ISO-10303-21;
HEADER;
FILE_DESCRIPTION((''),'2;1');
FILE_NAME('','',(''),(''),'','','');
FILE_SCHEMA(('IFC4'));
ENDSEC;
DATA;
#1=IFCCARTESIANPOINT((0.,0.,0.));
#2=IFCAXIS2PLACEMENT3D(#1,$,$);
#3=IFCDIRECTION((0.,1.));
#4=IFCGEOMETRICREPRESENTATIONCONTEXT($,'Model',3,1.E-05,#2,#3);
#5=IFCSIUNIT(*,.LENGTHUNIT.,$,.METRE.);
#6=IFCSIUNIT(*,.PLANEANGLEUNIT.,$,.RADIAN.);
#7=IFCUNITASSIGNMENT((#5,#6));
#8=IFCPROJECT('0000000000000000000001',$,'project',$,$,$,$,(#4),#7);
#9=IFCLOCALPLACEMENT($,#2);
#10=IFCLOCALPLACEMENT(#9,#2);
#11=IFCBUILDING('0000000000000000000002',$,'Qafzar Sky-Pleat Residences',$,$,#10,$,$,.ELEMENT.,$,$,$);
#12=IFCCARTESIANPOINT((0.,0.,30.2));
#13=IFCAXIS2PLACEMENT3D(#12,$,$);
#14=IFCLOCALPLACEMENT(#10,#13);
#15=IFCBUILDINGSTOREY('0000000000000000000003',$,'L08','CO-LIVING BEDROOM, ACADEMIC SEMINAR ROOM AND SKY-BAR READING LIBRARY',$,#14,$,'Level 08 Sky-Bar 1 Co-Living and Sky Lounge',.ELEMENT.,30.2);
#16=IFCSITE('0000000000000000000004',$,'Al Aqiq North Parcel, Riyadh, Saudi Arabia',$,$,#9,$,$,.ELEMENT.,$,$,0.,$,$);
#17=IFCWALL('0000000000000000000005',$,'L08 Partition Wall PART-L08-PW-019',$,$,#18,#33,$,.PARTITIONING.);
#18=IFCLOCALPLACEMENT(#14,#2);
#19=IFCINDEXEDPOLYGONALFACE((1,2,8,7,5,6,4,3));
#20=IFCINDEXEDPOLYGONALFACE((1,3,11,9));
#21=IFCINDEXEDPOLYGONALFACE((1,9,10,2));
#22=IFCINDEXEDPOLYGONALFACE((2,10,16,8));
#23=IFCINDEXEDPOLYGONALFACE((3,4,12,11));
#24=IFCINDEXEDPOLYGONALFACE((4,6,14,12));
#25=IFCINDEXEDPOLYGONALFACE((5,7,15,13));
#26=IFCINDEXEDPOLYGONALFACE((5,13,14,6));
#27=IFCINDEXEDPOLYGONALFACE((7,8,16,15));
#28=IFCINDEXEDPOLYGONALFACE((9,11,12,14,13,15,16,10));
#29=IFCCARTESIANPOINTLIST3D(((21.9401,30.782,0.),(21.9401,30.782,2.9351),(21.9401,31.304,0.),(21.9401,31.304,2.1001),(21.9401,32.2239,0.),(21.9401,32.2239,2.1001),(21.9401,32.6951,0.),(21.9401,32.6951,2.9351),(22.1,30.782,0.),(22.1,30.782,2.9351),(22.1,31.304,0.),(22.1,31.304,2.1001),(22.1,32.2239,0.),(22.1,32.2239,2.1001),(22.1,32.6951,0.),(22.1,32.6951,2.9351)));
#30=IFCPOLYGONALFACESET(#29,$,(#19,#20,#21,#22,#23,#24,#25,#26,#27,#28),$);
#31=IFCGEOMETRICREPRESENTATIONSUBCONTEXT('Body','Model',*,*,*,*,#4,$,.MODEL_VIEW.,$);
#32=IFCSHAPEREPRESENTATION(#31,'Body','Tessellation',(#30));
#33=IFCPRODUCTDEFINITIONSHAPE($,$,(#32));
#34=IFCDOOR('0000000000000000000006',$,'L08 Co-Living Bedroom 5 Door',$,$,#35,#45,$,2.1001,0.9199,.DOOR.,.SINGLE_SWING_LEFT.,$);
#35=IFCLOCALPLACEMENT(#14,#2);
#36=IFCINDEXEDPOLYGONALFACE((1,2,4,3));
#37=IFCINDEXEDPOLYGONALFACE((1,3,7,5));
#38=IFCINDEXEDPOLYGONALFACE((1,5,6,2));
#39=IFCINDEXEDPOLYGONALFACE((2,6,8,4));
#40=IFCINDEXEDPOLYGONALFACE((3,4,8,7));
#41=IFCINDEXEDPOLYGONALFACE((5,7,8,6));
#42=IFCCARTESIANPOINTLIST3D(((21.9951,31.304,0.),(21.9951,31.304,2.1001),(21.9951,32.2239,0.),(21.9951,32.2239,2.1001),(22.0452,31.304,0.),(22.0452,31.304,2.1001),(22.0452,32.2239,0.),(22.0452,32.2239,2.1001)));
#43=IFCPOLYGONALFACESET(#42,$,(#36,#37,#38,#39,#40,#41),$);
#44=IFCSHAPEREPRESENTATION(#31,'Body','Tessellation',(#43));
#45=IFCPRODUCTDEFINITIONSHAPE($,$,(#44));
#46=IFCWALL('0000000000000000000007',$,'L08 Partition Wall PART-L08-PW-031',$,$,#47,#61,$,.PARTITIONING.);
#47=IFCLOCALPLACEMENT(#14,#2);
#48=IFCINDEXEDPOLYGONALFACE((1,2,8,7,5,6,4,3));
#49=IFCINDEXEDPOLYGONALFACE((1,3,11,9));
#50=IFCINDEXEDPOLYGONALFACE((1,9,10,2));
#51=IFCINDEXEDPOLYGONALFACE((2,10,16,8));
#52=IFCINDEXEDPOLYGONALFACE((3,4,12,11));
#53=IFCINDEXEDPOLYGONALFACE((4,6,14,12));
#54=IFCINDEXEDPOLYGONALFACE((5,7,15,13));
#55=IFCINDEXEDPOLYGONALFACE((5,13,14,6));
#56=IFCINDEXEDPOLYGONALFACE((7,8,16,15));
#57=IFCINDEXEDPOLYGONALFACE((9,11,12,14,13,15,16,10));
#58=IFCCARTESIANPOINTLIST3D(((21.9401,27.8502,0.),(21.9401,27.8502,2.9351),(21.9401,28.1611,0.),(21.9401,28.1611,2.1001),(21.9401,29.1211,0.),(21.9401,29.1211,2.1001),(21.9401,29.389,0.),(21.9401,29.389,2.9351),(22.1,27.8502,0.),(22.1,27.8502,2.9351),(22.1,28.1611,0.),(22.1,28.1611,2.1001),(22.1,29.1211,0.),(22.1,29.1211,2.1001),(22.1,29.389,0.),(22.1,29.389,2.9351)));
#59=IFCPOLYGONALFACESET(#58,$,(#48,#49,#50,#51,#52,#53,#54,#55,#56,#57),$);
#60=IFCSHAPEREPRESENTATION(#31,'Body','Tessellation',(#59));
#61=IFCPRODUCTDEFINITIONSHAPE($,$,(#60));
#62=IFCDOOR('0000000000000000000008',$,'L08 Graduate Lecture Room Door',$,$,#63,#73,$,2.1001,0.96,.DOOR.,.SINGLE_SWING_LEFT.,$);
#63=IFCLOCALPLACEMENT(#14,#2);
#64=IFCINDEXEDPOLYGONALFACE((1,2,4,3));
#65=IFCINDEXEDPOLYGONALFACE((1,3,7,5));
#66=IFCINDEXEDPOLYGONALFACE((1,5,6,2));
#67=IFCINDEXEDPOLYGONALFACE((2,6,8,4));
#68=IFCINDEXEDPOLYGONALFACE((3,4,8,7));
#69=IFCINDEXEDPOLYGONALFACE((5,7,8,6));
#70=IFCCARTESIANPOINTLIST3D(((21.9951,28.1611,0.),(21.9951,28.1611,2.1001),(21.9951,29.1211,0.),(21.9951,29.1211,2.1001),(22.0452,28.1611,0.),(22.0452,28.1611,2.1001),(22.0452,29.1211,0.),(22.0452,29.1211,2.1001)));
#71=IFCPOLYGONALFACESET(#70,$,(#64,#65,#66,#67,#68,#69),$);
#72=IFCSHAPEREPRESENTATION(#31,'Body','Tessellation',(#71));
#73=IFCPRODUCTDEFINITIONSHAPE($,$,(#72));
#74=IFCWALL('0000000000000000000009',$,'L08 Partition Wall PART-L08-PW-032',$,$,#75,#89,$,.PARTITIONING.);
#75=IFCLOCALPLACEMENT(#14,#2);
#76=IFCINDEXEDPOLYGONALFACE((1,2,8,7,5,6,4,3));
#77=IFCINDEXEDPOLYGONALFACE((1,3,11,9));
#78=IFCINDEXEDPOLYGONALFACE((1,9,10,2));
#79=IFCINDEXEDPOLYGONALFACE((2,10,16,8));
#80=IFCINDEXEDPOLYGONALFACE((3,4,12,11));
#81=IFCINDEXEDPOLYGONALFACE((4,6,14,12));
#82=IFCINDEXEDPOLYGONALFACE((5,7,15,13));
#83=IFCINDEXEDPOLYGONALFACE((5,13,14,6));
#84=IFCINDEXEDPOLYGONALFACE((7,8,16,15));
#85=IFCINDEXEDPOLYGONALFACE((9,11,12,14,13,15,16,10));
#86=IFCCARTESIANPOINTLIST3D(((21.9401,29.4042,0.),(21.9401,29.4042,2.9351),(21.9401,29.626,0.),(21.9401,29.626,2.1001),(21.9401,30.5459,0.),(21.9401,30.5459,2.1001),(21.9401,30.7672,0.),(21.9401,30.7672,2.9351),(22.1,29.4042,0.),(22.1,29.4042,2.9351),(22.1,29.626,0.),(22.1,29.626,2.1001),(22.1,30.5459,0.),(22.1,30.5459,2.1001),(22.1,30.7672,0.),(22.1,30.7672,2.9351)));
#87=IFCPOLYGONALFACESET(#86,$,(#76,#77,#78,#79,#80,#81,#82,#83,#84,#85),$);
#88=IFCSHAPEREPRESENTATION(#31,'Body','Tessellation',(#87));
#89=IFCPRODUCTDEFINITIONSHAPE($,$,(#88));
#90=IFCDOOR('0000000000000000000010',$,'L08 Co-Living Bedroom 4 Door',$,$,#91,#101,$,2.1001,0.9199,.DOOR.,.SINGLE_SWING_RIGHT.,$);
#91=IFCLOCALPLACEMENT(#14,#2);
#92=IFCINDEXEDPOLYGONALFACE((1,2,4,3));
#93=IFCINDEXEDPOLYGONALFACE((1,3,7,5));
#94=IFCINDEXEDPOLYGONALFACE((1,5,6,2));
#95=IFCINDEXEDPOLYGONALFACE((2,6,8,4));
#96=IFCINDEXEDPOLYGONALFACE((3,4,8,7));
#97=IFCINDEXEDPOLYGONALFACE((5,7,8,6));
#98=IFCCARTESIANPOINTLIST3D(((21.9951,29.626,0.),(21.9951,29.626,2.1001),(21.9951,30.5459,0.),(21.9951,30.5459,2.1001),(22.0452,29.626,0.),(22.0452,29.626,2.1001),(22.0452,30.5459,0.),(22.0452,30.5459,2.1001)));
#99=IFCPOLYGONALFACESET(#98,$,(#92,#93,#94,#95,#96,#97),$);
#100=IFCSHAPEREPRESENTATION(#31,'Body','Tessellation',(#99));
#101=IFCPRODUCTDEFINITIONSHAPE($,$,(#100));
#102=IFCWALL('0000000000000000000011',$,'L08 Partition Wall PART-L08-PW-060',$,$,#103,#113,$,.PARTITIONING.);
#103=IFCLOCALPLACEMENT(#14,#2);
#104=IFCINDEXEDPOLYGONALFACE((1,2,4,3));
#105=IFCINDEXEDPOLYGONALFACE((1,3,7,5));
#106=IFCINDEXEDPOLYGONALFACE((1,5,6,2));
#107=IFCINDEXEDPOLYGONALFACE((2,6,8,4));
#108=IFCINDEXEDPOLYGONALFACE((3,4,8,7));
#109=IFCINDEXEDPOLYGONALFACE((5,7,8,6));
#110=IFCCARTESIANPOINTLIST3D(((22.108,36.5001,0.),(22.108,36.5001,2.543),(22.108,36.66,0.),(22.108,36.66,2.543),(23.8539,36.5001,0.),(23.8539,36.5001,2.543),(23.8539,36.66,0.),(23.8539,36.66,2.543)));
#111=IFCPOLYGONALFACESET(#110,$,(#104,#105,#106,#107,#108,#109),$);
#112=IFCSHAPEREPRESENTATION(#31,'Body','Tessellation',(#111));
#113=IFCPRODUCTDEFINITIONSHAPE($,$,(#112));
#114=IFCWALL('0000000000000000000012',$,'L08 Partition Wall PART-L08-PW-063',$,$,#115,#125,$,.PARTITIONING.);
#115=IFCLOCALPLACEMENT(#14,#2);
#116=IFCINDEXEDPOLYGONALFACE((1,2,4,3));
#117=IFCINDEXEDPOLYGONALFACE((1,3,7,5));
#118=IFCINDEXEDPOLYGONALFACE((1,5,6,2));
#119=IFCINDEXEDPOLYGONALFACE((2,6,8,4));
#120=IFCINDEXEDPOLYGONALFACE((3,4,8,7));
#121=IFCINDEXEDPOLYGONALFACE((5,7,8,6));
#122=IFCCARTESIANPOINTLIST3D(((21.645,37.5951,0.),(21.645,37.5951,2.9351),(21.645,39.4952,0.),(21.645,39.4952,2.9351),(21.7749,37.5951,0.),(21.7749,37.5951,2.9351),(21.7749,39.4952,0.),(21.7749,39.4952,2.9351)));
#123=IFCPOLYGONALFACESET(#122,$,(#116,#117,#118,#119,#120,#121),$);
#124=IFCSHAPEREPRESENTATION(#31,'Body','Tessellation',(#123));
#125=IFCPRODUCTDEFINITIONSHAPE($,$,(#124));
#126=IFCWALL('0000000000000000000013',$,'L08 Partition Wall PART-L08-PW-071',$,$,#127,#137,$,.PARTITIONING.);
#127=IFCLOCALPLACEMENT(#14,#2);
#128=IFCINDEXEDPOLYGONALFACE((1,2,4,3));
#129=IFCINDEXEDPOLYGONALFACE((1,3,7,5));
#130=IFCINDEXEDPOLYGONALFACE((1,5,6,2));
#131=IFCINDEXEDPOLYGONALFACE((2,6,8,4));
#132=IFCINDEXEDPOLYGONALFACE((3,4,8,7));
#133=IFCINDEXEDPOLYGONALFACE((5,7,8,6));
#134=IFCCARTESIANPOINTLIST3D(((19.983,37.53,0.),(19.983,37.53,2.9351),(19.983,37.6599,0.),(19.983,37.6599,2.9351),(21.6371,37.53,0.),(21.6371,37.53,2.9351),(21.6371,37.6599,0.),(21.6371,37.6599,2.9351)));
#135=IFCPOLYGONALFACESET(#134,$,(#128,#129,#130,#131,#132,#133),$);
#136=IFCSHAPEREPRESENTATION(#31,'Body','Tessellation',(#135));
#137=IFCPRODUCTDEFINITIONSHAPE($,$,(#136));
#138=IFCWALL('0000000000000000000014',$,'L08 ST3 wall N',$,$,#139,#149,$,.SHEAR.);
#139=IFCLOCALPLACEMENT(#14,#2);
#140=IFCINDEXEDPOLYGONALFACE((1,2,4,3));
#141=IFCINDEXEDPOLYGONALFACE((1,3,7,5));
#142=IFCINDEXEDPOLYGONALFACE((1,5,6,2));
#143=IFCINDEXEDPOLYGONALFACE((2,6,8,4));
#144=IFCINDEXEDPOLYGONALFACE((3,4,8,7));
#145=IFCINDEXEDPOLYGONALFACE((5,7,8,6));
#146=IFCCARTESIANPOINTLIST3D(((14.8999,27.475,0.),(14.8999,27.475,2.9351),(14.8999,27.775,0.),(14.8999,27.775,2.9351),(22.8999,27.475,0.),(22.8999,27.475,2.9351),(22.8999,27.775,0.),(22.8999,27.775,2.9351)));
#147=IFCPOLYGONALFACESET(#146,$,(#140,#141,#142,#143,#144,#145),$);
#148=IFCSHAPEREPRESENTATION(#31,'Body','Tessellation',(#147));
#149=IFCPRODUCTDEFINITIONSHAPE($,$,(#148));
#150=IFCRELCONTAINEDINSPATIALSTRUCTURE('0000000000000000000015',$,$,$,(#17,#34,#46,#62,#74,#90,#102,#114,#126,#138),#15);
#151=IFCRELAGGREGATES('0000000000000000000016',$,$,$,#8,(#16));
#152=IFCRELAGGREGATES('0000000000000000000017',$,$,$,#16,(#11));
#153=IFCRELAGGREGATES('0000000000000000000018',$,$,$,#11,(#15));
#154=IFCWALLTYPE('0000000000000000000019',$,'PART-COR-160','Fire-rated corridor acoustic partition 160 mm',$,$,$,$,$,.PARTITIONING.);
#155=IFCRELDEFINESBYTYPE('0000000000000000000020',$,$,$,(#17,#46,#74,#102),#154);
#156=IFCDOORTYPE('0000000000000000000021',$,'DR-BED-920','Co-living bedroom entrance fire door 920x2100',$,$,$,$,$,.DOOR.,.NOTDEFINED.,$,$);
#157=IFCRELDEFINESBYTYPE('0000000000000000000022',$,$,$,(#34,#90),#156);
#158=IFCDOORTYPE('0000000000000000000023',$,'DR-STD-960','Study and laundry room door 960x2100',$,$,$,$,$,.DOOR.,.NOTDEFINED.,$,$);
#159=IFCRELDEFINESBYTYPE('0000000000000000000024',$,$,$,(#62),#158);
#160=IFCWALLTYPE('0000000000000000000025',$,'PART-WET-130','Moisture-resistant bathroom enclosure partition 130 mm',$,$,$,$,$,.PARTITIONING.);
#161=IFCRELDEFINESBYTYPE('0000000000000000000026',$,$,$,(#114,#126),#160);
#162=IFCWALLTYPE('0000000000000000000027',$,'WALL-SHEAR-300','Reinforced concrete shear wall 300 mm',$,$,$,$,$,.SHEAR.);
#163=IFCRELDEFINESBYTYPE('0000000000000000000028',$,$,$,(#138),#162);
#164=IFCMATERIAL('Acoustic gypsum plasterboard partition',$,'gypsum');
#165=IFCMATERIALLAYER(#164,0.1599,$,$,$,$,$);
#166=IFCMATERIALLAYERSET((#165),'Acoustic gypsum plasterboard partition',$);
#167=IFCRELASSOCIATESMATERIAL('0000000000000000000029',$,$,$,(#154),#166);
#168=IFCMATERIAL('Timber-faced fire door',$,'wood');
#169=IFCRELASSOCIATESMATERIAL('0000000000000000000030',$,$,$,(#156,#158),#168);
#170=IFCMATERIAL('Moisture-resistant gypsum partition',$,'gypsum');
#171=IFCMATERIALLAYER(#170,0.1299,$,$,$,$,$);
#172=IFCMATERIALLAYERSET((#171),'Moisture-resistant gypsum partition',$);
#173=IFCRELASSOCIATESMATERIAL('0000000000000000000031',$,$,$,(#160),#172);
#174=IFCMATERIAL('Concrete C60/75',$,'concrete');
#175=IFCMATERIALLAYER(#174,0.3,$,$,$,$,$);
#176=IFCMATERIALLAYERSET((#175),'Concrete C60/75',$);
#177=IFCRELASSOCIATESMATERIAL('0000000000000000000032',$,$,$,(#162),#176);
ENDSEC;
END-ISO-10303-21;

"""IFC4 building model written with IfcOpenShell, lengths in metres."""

from ifc_helpers import new_model, si_unit, direction, frame, frame_2d, origin, place, context, subcontext, project, spatial, rectangle, extrude, source, transform, mapped, material, layer, layer_set, type_object, element, fill, save


model = new_model("IFC4")

# Units and contexts
model_context = context("Model", 3, precision=1e-05, world=origin(), true_north=direction((0.0, 1.0)))
body_context = subcontext(model_context, "Body", "Model", "MODEL_VIEW")
ifc_project = project(units=[si_unit("LENGTHUNIT", "METRE"), si_unit("PLANEANGLEUNIT", "RADIAN")], contexts=[model_context])

# Site, building, storey
site_placement = place(None, origin())
site = spatial("IfcSite", under=ifc_project, at=site_placement, Name="Al Aqiq North Parcel, Riyadh, Saudi Arabia", CompositionType="ELEMENT", RefElevation=0.0)
building_placement = place(site_placement, origin())
building = spatial("IfcBuilding", under=site, at=building_placement, Name="Qafzar Sky-Pleat Residences", CompositionType="ELEMENT")
storey_placement = place(building_placement, frame((0.0, 0.0, 30.2)))
storey = spatial("IfcBuildingStorey", under=building, at=storey_placement, Name="L08", Description="CO-LIVING BEDROOM, ACADEMIC SEMINAR ROOM AND SKY-BAR READING LIBRARY", LongName="Level 08 Sky-Bar 1 Co-Living and Sky Lounge", CompositionType="ELEMENT", Elevation=30.2)

# Walls, openings, doors
ifc_material_1 = material(Name="Acoustic gypsum plasterboard partition", Category="gypsum")
ifc_layer_1 = layer(ifc_material_1, 0.1599)
ifc_layer_set_1 = layer_set([ifc_layer_1], Name="Acoustic gypsum plasterboard partition")
wall_type_1 = type_object("IfcWallType", Name="PART-COR-160", Description="Fire-rated corridor acoustic partition 160 mm", PredefinedType="PARTITIONING", material=ifc_layer_set_1)
ifc_material_2 = material(Name="Timber-faced fire door", Category="wood")
door_type_1 = type_object("IfcDoorType", Name="DR-BED-920", Description="Co-living bedroom entrance fire door 920x2100", OperationType="NOTDEFINED", PredefinedType="DOOR", material=ifc_material_2)
shared_shape_1 = source(origin(), body_context, "Body", "SweptSolid", [
    extrude(rectangle(XDim=0.9199, YDim=2.1001, at=frame_2d((0.46, 1.05))), frame((0.0, 0.0249, 0.0), z_axis=(0.0, -1.0, 0.0), x_axis=(1.0, 0.0, 0.0)), (0.0, 0.0, 1.0), 0.05),
])
wall_1_placement = place(storey_placement, frame((22.02, 30.782, 0.0), z_axis=(0.0, 0.0, 1.0), x_axis=(0.0, 1.0, 0.0)))
wall_1 = element("IfcWall", 1, at=wall_1_placement, inside=storey, type_object=wall_type_1, Name="L08 Partition Wall PART-L08-PW-019", PredefinedType="PARTITIONING", context=body_context, shape_type="SweptSolid", body=[
    extrude(rectangle(XDim=1.9131, YDim=0.1599, at=frame_2d((0.9565, 0.0))), origin(), (0.0, 0.0, 1.0), 2.9351),
])
opening_1_placement = place(wall_1_placement, frame((0.522, 0.0, 0.0)))
opening_1 = element("IfcOpeningElement", 2, at=opening_1_placement, cuts=wall_1, PredefinedType="OPENING", context=body_context, shape_type="SweptSolid", body=[
    extrude(rectangle(XDim=0.9199, YDim=2.1001, at=frame_2d((0.46, 1.05))), frame((0.0, 0.0898, 0.0), z_axis=(0.0, -1.0, 0.0), x_axis=(1.0, 0.0, 0.0)), (0.0, 0.0, 1.0), 0.1799),
])
door_1_placement = place(opening_1_placement, origin())
door_1 = element("IfcDoor", 3, at=door_1_placement, inside=storey, type_object=door_type_1, Name="L08 Co-Living Bedroom 5 Door", OperationType="SINGLE_SWING_LEFT", OverallHeight=2.1001, OverallWidth=0.9199, PredefinedType="DOOR", context=body_context, shape_type="MappedRepresentation", body=[
    mapped(shared_shape_1, transform((0.0, 0.0, 0.0), x_axis=(1.0, 0.0, 0.0), y_axis=(0.0, 1.0, 0.0), z_axis=(0.0, 0.0, 1.0), scale=1.0)),
])
fill(opening_1, door_1)
wall_2_placement = place(storey_placement, frame((22.02, 27.8501, 0.0), z_axis=(0.0, 0.0, 1.0), x_axis=(0.0, 1.0, 0.0)))
wall_2 = element("IfcWall", 4, at=wall_2_placement, inside=storey, type_object=wall_type_1, Name="L08 Partition Wall PART-L08-PW-031", PredefinedType="PARTITIONING", context=body_context, shape_type="SweptSolid", body=[
    extrude(rectangle(XDim=1.5388, YDim=0.1599, at=frame_2d((0.7695, 0.0))), origin(), (0.0, 0.0, 1.0), 2.9351),
])
opening_2_placement = place(wall_2_placement, frame((0.311, 0.0, 0.0)))
opening_2 = element("IfcOpeningElement", 5, at=opening_2_placement, cuts=wall_2, PredefinedType="OPENING", context=body_context, shape_type="SweptSolid", body=[
    extrude(rectangle(XDim=0.96, YDim=2.1001, at=frame_2d((0.48, 1.05))), frame((0.0, 0.0898, 0.0), z_axis=(0.0, -1.0, 0.0), x_axis=(1.0, 0.0, 0.0)), (0.0, 0.0, 1.0), 0.1799),
])
door_type_2 = type_object("IfcDoorType", Name="DR-STD-960", Description="Study and laundry room door 960x2100", OperationType="NOTDEFINED", PredefinedType="DOOR", material=ifc_material_2)
shared_shape_2 = source(origin(), body_context, "Body", "SweptSolid", [
    extrude(rectangle(XDim=0.96, YDim=2.1001, at=frame_2d((0.48, 1.05))), frame((0.0, 0.0249, 0.0), z_axis=(0.0, -1.0, 0.0), x_axis=(1.0, 0.0, 0.0)), (0.0, 0.0, 1.0), 0.05),
])
door_2_placement = place(opening_2_placement, origin())
door_2 = element("IfcDoor", 6, at=door_2_placement, inside=storey, type_object=door_type_2, Name="L08 Graduate Lecture Room Door", OperationType="SINGLE_SWING_LEFT", OverallHeight=2.1001, OverallWidth=0.96, PredefinedType="DOOR", context=body_context, shape_type="MappedRepresentation", body=[
    mapped(shared_shape_2, transform((0.0, 0.0, 0.0), x_axis=(1.0, 0.0, 0.0), y_axis=(0.0, 1.0, 0.0), z_axis=(0.0, 0.0, 1.0), scale=1.0)),
])
fill(opening_2, door_2)
wall_3_placement = place(storey_placement, frame((22.02, 29.4041, 0.0), z_axis=(0.0, 0.0, 1.0), x_axis=(0.0, 1.0, 0.0)))
wall_3 = element("IfcWall", 7, at=wall_3_placement, inside=storey, type_object=wall_type_1, Name="L08 Partition Wall PART-L08-PW-032", PredefinedType="PARTITIONING", context=body_context, shape_type="SweptSolid", body=[
    extrude(rectangle(XDim=1.363, YDim=0.1599, at=frame_2d((0.6816, 0.0))), origin(), (0.0, 0.0, 1.0), 2.9351),
])
opening_3_placement = place(wall_3_placement, frame((0.2219, 0.0, 0.0)))
opening_3 = element("IfcOpeningElement", 8, at=opening_3_placement, cuts=wall_3, PredefinedType="OPENING", context=body_context, shape_type="SweptSolid", body=[
    extrude(rectangle(XDim=0.9199, YDim=2.1001, at=frame_2d((0.46, 1.05))), frame((0.0, 0.0898, 0.0), z_axis=(0.0, -1.0, 0.0), x_axis=(1.0, 0.0, 0.0)), (0.0, 0.0, 1.0), 0.1799),
])
door_3_placement = place(opening_3_placement, origin())
door_3 = element("IfcDoor", 9, at=door_3_placement, inside=storey, type_object=door_type_1, Name="L08 Co-Living Bedroom 4 Door", OperationType="SINGLE_SWING_RIGHT", OverallHeight=2.1001, OverallWidth=0.9199, PredefinedType="DOOR", context=body_context, shape_type="MappedRepresentation", body=[
    mapped(shared_shape_1, transform((0.0, 0.0, 0.0), x_axis=(1.0, 0.0, 0.0), y_axis=(0.0, 1.0, 0.0), z_axis=(0.0, 0.0, 1.0), scale=1.0)),
])
fill(opening_3, door_3)

# Walls
wall_4_placement = place(storey_placement, frame((22.1079, 36.5801, 0.0), z_axis=(0.0, 0.0, 1.0), x_axis=(1.0, 0.0, 0.0)))
element("IfcWall", 10, at=wall_4_placement, inside=storey, type_object=wall_type_1, Name="L08 Partition Wall PART-L08-PW-060", PredefinedType="PARTITIONING", context=body_context, shape_type="SweptSolid", body=[
    extrude(rectangle(XDim=1.7458, YDim=0.1599, at=frame_2d((0.873, 0.0))), origin(), (0.0, 0.0, 1.0), 2.543),
])
ifc_material_3 = material(Name="Moisture-resistant gypsum partition", Category="gypsum")
ifc_layer_2 = layer(ifc_material_3, 0.1299)
ifc_layer_set_2 = layer_set([ifc_layer_2], Name="Moisture-resistant gypsum partition")
wall_type_2 = type_object("IfcWallType", Name="PART-WET-130", Description="Moisture-resistant bathroom enclosure partition 130 mm", PredefinedType="PARTITIONING", material=ifc_layer_set_2)
wall_5_placement = place(storey_placement, frame((21.71, 37.595, 0.0), z_axis=(0.0, 0.0, 1.0), x_axis=(0.0, 1.0, 0.0)))
element("IfcWall", 11, at=wall_5_placement, inside=storey, type_object=wall_type_2, Name="L08 Partition Wall PART-L08-PW-063", PredefinedType="PARTITIONING", context=body_context, shape_type="SweptSolid", body=[
    extrude(rectangle(XDim=1.9001, YDim=0.1299, at=frame_2d((0.9502, 0.0))), origin(), (0.0, 0.0, 1.0), 2.9351),
])
wall_6_placement = place(storey_placement, frame((19.9829, 37.595, 0.0), z_axis=(0.0, 0.0, 1.0), x_axis=(1.0, 0.0, 0.0)))
element("IfcWall", 12, at=wall_6_placement, inside=storey, type_object=wall_type_2, Name="L08 Partition Wall PART-L08-PW-071", PredefinedType="PARTITIONING", context=body_context, shape_type="SweptSolid", body=[
    extrude(rectangle(XDim=1.6541, YDim=0.1299, at=frame_2d((0.8271, 0.0))), origin(), (0.0, 0.0, 1.0), 2.9351),
])
ifc_material_4 = material(Name="Concrete C60/75", Category="concrete")
ifc_layer_3 = layer(ifc_material_4, 0.3)
ifc_layer_set_3 = layer_set([ifc_layer_3], Name="Concrete C60/75")
wall_type_3 = type_object("IfcWallType", Name="WALL-SHEAR-300", Description="Reinforced concrete shear wall 300 mm", PredefinedType="SHEAR", material=ifc_layer_set_3)
wall_7_placement = place(storey_placement, frame((22.8999, 27.625, 0.0), z_axis=(0.0, 0.0, 1.0), x_axis=(-1.0, 0.0, 0.0)))
element("IfcWall", 13, at=wall_7_placement, inside=storey, type_object=wall_type_3, Name="L08 ST3 wall N", PredefinedType="SHEAR", context=body_context, shape_type="SweptSolid", body=[
    extrude(rectangle(XDim=8.0, YDim=0.3, at=frame_2d((4.0, 0.0))), origin(), (0.0, 0.0, 1.0), 2.9351),
])

save(model, "model.ifc")
